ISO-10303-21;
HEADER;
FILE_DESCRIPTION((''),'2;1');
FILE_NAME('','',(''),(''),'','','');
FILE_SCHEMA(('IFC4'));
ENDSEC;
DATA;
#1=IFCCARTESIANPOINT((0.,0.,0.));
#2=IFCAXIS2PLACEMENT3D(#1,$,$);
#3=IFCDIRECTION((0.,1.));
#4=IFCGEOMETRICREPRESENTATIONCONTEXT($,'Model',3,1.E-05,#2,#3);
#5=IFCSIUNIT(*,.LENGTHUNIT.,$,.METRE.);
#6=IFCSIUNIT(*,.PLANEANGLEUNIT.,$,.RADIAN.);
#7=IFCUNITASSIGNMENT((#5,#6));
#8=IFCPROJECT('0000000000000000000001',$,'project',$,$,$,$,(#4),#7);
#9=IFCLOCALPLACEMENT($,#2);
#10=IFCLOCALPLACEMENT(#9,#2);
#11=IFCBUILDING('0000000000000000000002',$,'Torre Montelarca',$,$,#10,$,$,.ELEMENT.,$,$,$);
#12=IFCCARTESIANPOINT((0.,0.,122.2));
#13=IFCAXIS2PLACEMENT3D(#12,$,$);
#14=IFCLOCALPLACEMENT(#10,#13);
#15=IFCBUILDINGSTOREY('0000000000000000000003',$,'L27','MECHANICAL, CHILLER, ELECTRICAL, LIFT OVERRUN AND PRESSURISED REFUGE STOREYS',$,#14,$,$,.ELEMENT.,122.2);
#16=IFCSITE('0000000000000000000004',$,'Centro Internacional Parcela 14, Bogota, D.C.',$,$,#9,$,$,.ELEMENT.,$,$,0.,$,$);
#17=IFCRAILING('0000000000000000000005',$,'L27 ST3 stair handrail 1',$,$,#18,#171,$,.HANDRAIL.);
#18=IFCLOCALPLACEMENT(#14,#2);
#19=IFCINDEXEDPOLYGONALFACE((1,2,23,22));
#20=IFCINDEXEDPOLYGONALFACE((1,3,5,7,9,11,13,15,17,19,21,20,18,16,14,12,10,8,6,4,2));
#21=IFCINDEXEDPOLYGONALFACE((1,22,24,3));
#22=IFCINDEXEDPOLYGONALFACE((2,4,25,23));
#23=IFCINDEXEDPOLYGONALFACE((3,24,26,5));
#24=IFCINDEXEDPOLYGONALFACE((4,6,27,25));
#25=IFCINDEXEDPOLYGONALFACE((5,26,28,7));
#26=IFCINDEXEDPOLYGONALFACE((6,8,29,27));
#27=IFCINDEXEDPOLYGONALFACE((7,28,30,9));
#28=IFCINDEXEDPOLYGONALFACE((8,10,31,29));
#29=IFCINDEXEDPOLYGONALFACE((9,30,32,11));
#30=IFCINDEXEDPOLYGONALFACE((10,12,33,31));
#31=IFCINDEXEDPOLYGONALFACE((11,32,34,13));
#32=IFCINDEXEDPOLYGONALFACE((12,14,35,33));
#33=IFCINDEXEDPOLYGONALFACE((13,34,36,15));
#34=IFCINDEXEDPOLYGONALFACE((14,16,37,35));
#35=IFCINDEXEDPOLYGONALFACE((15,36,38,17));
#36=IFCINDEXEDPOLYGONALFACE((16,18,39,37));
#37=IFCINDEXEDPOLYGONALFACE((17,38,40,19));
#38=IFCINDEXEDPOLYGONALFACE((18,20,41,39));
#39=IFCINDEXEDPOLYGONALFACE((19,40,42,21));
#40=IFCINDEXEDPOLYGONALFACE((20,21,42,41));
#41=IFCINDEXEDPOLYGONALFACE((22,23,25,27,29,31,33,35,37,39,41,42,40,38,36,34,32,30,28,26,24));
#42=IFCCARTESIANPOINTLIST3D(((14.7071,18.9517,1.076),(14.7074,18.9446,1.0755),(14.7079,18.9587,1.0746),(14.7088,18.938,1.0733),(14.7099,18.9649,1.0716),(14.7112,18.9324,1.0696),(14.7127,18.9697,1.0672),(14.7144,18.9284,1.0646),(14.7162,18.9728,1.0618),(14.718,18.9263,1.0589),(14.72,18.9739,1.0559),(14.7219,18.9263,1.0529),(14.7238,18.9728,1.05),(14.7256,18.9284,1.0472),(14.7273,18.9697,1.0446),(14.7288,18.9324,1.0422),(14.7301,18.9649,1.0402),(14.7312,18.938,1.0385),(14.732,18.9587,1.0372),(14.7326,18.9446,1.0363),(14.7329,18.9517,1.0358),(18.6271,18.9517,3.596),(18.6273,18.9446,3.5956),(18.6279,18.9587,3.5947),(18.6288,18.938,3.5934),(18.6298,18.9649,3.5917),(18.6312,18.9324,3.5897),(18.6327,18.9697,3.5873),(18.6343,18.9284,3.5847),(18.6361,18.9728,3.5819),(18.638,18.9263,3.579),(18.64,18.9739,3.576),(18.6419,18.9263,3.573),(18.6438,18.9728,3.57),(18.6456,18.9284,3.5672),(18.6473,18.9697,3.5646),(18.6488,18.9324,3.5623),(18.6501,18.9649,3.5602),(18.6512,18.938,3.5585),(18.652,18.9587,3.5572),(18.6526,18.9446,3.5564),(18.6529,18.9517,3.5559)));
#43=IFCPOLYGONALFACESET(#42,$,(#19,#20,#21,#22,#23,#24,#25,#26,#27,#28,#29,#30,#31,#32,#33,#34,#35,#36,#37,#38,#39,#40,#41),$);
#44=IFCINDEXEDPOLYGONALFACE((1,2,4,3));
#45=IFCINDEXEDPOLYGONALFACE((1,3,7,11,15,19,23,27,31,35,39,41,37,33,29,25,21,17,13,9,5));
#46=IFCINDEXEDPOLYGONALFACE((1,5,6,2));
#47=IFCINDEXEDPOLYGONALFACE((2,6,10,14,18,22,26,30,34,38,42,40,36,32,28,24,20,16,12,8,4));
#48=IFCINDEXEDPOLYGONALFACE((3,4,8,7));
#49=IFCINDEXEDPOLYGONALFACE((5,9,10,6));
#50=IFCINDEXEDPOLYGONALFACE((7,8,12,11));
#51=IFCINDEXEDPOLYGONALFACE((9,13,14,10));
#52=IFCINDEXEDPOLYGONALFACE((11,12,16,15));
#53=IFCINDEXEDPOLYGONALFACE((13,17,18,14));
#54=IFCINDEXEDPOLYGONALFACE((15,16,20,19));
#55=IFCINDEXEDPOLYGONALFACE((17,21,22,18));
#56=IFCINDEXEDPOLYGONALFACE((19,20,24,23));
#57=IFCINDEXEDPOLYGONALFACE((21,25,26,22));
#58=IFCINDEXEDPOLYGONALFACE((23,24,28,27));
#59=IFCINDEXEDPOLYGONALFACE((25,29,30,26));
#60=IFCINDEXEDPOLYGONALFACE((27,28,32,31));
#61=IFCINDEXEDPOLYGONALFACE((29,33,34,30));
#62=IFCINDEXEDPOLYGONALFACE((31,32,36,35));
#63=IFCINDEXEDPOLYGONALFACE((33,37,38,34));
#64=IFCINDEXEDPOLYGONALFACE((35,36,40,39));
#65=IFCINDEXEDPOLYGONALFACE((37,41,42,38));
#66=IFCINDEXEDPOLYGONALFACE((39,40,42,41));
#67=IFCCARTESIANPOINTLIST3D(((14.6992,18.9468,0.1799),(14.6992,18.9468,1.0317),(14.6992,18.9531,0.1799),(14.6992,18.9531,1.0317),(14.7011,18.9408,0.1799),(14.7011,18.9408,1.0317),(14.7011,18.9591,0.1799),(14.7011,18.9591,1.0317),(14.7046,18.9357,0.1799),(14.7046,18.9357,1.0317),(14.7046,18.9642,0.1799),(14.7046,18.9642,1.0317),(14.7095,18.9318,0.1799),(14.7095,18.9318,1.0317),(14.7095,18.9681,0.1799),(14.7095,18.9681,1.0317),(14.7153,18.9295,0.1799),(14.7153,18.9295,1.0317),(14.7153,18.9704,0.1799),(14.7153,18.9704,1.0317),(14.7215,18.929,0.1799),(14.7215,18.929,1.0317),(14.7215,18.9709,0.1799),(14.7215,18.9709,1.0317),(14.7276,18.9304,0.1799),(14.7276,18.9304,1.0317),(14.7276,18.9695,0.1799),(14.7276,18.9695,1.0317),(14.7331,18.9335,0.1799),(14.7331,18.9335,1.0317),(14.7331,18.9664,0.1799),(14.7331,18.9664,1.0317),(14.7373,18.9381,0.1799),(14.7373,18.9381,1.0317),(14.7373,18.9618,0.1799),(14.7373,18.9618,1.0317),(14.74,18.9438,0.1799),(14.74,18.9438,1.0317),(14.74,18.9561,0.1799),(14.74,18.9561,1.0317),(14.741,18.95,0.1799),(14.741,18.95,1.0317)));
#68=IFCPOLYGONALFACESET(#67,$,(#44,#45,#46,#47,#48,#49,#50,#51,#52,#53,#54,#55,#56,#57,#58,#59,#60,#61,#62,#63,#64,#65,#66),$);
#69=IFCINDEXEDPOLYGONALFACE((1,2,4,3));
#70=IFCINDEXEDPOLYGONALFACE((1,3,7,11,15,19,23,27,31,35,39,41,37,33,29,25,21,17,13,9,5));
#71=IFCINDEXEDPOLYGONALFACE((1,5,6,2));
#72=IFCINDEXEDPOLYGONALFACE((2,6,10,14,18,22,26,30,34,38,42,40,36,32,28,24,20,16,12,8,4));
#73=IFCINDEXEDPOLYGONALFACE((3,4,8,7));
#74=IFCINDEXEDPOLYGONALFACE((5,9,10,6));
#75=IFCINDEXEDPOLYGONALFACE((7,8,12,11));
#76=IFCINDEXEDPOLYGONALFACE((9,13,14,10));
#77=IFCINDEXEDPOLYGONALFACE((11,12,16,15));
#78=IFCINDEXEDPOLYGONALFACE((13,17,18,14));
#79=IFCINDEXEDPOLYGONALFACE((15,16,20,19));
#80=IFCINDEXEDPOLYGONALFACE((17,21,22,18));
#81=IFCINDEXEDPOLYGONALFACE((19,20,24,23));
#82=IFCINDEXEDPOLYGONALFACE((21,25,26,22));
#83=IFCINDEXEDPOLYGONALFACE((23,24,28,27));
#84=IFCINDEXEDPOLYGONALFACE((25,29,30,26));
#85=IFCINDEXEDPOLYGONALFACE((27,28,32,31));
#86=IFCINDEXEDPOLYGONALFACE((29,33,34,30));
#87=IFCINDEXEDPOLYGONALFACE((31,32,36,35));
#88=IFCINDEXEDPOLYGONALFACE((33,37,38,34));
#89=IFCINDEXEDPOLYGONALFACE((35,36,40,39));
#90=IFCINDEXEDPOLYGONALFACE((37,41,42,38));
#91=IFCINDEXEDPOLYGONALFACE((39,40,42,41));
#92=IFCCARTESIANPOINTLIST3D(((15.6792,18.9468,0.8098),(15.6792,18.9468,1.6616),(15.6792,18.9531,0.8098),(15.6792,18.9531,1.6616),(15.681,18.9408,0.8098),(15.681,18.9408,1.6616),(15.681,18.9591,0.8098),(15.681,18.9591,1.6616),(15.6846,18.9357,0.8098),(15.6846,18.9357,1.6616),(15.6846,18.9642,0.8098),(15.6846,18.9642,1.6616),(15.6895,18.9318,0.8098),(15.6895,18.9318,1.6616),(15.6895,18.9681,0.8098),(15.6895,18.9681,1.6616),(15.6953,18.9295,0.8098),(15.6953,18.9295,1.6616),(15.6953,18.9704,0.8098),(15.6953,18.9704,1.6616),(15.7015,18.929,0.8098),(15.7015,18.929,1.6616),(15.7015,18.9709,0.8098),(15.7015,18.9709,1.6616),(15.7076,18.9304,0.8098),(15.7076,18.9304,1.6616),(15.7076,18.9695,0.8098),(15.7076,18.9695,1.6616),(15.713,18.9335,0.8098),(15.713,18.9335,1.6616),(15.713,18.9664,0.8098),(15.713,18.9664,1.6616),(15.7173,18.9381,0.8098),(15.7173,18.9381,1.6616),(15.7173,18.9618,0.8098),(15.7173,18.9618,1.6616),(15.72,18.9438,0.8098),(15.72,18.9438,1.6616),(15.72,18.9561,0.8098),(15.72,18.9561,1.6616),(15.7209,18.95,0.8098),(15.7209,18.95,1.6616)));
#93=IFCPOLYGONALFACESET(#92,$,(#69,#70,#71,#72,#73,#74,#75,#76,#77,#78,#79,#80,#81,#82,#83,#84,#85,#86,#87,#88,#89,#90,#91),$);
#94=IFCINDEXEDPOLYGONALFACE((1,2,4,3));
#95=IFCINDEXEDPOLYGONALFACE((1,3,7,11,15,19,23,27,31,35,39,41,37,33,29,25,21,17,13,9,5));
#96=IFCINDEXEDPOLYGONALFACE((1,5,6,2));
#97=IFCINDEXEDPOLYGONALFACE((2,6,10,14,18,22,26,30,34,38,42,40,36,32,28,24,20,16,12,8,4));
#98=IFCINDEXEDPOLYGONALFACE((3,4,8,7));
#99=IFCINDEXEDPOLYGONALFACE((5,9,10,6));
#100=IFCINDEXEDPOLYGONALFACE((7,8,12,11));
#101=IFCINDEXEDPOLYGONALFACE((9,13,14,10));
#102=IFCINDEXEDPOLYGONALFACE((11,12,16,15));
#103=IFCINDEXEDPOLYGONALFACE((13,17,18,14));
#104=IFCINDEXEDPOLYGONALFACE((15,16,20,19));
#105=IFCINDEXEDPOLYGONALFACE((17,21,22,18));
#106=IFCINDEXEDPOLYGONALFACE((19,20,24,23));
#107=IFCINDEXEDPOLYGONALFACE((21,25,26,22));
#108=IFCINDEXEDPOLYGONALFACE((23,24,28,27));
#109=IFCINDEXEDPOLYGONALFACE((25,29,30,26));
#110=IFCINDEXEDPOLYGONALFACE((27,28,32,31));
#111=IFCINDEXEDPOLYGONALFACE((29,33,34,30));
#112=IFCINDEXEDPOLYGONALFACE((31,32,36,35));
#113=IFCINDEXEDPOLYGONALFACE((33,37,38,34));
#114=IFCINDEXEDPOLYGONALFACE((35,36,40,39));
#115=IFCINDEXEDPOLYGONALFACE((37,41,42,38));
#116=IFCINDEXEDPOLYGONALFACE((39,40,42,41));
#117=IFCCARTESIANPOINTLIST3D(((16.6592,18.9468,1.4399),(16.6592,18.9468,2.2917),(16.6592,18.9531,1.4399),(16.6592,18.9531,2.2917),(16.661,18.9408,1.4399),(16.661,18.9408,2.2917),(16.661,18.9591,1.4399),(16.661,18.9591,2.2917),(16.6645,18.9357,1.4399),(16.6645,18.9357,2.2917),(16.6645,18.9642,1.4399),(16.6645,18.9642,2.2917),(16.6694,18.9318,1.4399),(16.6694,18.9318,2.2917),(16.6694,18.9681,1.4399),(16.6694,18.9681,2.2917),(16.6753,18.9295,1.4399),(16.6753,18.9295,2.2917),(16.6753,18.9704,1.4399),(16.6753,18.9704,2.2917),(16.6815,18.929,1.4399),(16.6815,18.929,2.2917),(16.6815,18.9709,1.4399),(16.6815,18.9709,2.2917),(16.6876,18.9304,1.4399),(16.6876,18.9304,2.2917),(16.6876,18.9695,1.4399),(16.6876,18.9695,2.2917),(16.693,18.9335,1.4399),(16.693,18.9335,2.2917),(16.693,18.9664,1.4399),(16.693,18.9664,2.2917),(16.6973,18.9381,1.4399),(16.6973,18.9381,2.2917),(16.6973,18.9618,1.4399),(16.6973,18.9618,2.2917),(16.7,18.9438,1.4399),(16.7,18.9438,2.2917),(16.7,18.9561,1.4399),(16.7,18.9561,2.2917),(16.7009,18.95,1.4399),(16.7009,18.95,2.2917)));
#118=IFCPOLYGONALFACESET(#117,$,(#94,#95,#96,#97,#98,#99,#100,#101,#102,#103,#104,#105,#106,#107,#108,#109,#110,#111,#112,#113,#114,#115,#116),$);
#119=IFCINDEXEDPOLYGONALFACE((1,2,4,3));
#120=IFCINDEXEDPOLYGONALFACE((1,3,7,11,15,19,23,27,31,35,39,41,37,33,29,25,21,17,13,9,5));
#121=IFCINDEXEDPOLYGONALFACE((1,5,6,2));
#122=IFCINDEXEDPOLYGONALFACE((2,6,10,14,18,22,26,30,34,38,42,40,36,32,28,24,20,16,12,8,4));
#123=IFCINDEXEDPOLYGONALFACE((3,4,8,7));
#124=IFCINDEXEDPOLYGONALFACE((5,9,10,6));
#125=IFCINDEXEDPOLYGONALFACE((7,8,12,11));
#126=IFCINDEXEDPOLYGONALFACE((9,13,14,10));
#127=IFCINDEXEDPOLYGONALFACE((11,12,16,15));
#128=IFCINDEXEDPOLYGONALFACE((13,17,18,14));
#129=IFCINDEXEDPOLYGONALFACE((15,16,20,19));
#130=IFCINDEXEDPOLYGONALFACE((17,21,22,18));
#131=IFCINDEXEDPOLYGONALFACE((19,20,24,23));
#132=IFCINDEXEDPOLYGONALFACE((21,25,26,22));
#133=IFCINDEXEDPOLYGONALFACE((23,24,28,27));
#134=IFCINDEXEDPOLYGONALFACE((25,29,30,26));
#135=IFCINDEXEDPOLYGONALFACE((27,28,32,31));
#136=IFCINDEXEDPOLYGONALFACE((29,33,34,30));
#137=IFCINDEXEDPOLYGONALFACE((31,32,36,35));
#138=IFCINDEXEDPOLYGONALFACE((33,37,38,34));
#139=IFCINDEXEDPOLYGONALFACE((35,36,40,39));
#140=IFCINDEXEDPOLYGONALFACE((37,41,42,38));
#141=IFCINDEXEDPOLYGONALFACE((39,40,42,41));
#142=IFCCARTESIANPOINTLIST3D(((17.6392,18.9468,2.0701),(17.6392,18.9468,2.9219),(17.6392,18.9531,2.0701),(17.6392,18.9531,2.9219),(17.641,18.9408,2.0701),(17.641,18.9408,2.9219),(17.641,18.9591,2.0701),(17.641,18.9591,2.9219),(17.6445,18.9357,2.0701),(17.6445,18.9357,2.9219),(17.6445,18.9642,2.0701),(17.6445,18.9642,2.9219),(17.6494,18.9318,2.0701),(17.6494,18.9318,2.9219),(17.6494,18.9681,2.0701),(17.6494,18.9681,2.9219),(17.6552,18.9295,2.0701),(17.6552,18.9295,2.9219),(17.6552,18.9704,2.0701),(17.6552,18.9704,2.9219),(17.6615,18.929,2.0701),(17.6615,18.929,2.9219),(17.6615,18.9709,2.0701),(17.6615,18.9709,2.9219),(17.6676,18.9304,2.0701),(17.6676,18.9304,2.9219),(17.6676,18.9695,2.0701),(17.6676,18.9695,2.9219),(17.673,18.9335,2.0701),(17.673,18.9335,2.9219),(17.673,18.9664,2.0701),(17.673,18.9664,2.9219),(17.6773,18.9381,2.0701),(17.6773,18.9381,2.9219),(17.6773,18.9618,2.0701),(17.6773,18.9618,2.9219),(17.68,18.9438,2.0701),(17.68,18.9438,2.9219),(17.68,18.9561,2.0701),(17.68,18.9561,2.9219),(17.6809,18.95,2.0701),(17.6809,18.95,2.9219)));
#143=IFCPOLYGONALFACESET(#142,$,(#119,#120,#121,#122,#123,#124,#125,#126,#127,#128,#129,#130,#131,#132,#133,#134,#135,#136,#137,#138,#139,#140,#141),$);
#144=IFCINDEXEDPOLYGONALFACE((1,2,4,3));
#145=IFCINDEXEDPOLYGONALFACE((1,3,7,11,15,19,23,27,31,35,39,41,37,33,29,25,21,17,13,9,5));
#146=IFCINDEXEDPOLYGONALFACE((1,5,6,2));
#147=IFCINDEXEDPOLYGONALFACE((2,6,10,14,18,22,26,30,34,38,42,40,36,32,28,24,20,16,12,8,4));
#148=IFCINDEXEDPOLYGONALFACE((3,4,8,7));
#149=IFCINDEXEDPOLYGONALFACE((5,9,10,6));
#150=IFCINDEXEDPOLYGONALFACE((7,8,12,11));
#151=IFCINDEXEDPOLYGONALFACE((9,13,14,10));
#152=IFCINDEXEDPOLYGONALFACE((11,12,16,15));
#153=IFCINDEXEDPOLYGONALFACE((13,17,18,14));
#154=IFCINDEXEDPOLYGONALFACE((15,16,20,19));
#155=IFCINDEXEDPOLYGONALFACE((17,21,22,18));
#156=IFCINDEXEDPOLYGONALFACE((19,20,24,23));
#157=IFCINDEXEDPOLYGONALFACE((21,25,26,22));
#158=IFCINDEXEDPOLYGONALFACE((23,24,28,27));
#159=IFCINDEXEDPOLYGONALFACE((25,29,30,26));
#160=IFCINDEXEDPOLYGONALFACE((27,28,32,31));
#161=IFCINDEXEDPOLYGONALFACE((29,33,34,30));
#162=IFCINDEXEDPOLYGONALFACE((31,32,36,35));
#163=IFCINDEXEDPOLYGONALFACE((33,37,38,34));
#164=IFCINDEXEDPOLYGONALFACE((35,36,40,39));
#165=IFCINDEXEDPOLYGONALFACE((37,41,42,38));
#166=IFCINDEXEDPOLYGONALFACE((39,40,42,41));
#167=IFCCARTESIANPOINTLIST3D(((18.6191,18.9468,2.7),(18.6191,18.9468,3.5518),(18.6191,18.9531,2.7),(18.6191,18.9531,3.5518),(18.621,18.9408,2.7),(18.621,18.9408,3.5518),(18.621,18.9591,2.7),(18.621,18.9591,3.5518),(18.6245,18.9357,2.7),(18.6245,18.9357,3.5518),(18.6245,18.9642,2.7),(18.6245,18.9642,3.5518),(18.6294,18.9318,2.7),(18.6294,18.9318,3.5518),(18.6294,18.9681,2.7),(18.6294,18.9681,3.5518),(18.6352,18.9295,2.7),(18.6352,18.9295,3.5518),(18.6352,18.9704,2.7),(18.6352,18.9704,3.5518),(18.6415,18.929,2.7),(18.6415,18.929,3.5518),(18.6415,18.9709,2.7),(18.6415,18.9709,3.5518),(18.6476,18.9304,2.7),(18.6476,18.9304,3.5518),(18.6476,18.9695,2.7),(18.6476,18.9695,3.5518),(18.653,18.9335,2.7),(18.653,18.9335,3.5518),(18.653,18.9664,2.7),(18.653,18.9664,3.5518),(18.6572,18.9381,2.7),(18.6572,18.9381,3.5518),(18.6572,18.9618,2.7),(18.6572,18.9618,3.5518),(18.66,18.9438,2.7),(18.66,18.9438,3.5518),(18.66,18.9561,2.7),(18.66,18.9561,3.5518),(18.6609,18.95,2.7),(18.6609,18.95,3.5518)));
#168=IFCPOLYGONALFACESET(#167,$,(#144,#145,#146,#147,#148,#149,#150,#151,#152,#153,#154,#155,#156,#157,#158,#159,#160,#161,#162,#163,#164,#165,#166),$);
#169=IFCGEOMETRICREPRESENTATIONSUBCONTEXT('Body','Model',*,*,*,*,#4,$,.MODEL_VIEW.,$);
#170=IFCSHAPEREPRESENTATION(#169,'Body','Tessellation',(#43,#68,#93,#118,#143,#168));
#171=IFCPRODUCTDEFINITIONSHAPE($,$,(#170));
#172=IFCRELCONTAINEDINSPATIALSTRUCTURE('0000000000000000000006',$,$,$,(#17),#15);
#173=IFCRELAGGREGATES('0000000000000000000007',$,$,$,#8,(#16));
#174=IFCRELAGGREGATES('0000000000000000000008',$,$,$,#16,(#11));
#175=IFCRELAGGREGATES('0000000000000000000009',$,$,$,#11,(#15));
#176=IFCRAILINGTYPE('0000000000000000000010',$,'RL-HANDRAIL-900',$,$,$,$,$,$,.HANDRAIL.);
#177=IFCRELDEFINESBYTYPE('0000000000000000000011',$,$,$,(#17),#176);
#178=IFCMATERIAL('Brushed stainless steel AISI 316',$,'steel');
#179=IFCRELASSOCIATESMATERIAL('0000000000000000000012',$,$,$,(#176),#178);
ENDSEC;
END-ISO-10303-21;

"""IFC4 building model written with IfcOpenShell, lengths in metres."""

from ifc_helpers import new_model, si_unit, direction, frame, origin, origin_2d, place, context, subcontext, project, spatial, circle, extrude, material, type_object, element, save


model = new_model("IFC4")

# Units and contexts
model_context = context("Model", 3, precision=1e-05, world=origin(), true_north=direction((0.0, 1.0)))
body_context = subcontext(model_context, "Body", "Model", "MODEL_VIEW")
ifc_project = project(units=[si_unit("LENGTHUNIT", "METRE"), si_unit("PLANEANGLEUNIT", "RADIAN")], contexts=[model_context])

# Site, building, storey
site_placement = place(None, origin())
site = spatial("IfcSite", under=ifc_project, at=site_placement, Name="Centro Internacional Parcela 14, Bogota, D.C.", CompositionType="ELEMENT", RefElevation=0.0)
building_placement = place(site_placement, origin())
building = spatial("IfcBuilding", under=site, at=building_placement, Name="Torre Montelarca", CompositionType="ELEMENT")
storey_placement = place(building_placement, frame((0.0, 0.0, 122.2)))
storey = spatial("IfcBuildingStorey", under=building, at=storey_placement, Name="L27", Description="MECHANICAL, CHILLER, ELECTRICAL, LIFT OVERRUN AND PRESSURISED REFUGE STOREYS", CompositionType="ELEMENT", Elevation=122.2)

# Shared definitions
ifc_material_1 = material(Name="Brushed stainless steel AISI 316", Category="steel")

# Railing
railing_type_1 = type_object("IfcRailingType", Name="RL-HANDRAIL-900", PredefinedType="HANDRAIL", material=ifc_material_1)
railing_1_placement = place(storey_placement, frame((14.72, 18.95, 0.1799)))
element("IfcRailing", 1, at=railing_1_placement, inside=storey, type_object=railing_type_1, Name="L27 ST3 stair handrail 1", PredefinedType="HANDRAIL", context=body_context, shape_type="SweptSolid", body=[
    extrude(circle(Radius=0.0239, at=origin_2d()), frame((0.0, 0.0, 0.876), z_axis=(0.841172, 0.0, 0.540768), x_axis=(0.0, 1.0, 0.0)), (0.0, 0.0, 1.0), 4.6602),
    extrude(circle(Radius=0.021, at=origin_2d()), origin(), (0.0, 0.0, 1.0), 0.8518),
    extrude(circle(Radius=0.021, at=origin_2d()), frame((0.98, 0.0, 0.6299)), (0.0, 0.0, 1.0), 0.8518),
    extrude(circle(Radius=0.021, at=origin_2d()), frame((1.96, 0.0, 1.26)), (0.0, 0.0, 1.0), 0.8518),
    extrude(circle(Radius=0.021, at=origin_2d()), frame((2.9399, 0.0, 1.8901)), (0.0, 0.0, 1.0), 0.8518),
    extrude(circle(Radius=0.021, at=origin_2d()), frame((3.9199, 0.0, 2.52)), (0.0, 0.0, 1.0), 0.8518),
])

save(model, "model.ifc")
